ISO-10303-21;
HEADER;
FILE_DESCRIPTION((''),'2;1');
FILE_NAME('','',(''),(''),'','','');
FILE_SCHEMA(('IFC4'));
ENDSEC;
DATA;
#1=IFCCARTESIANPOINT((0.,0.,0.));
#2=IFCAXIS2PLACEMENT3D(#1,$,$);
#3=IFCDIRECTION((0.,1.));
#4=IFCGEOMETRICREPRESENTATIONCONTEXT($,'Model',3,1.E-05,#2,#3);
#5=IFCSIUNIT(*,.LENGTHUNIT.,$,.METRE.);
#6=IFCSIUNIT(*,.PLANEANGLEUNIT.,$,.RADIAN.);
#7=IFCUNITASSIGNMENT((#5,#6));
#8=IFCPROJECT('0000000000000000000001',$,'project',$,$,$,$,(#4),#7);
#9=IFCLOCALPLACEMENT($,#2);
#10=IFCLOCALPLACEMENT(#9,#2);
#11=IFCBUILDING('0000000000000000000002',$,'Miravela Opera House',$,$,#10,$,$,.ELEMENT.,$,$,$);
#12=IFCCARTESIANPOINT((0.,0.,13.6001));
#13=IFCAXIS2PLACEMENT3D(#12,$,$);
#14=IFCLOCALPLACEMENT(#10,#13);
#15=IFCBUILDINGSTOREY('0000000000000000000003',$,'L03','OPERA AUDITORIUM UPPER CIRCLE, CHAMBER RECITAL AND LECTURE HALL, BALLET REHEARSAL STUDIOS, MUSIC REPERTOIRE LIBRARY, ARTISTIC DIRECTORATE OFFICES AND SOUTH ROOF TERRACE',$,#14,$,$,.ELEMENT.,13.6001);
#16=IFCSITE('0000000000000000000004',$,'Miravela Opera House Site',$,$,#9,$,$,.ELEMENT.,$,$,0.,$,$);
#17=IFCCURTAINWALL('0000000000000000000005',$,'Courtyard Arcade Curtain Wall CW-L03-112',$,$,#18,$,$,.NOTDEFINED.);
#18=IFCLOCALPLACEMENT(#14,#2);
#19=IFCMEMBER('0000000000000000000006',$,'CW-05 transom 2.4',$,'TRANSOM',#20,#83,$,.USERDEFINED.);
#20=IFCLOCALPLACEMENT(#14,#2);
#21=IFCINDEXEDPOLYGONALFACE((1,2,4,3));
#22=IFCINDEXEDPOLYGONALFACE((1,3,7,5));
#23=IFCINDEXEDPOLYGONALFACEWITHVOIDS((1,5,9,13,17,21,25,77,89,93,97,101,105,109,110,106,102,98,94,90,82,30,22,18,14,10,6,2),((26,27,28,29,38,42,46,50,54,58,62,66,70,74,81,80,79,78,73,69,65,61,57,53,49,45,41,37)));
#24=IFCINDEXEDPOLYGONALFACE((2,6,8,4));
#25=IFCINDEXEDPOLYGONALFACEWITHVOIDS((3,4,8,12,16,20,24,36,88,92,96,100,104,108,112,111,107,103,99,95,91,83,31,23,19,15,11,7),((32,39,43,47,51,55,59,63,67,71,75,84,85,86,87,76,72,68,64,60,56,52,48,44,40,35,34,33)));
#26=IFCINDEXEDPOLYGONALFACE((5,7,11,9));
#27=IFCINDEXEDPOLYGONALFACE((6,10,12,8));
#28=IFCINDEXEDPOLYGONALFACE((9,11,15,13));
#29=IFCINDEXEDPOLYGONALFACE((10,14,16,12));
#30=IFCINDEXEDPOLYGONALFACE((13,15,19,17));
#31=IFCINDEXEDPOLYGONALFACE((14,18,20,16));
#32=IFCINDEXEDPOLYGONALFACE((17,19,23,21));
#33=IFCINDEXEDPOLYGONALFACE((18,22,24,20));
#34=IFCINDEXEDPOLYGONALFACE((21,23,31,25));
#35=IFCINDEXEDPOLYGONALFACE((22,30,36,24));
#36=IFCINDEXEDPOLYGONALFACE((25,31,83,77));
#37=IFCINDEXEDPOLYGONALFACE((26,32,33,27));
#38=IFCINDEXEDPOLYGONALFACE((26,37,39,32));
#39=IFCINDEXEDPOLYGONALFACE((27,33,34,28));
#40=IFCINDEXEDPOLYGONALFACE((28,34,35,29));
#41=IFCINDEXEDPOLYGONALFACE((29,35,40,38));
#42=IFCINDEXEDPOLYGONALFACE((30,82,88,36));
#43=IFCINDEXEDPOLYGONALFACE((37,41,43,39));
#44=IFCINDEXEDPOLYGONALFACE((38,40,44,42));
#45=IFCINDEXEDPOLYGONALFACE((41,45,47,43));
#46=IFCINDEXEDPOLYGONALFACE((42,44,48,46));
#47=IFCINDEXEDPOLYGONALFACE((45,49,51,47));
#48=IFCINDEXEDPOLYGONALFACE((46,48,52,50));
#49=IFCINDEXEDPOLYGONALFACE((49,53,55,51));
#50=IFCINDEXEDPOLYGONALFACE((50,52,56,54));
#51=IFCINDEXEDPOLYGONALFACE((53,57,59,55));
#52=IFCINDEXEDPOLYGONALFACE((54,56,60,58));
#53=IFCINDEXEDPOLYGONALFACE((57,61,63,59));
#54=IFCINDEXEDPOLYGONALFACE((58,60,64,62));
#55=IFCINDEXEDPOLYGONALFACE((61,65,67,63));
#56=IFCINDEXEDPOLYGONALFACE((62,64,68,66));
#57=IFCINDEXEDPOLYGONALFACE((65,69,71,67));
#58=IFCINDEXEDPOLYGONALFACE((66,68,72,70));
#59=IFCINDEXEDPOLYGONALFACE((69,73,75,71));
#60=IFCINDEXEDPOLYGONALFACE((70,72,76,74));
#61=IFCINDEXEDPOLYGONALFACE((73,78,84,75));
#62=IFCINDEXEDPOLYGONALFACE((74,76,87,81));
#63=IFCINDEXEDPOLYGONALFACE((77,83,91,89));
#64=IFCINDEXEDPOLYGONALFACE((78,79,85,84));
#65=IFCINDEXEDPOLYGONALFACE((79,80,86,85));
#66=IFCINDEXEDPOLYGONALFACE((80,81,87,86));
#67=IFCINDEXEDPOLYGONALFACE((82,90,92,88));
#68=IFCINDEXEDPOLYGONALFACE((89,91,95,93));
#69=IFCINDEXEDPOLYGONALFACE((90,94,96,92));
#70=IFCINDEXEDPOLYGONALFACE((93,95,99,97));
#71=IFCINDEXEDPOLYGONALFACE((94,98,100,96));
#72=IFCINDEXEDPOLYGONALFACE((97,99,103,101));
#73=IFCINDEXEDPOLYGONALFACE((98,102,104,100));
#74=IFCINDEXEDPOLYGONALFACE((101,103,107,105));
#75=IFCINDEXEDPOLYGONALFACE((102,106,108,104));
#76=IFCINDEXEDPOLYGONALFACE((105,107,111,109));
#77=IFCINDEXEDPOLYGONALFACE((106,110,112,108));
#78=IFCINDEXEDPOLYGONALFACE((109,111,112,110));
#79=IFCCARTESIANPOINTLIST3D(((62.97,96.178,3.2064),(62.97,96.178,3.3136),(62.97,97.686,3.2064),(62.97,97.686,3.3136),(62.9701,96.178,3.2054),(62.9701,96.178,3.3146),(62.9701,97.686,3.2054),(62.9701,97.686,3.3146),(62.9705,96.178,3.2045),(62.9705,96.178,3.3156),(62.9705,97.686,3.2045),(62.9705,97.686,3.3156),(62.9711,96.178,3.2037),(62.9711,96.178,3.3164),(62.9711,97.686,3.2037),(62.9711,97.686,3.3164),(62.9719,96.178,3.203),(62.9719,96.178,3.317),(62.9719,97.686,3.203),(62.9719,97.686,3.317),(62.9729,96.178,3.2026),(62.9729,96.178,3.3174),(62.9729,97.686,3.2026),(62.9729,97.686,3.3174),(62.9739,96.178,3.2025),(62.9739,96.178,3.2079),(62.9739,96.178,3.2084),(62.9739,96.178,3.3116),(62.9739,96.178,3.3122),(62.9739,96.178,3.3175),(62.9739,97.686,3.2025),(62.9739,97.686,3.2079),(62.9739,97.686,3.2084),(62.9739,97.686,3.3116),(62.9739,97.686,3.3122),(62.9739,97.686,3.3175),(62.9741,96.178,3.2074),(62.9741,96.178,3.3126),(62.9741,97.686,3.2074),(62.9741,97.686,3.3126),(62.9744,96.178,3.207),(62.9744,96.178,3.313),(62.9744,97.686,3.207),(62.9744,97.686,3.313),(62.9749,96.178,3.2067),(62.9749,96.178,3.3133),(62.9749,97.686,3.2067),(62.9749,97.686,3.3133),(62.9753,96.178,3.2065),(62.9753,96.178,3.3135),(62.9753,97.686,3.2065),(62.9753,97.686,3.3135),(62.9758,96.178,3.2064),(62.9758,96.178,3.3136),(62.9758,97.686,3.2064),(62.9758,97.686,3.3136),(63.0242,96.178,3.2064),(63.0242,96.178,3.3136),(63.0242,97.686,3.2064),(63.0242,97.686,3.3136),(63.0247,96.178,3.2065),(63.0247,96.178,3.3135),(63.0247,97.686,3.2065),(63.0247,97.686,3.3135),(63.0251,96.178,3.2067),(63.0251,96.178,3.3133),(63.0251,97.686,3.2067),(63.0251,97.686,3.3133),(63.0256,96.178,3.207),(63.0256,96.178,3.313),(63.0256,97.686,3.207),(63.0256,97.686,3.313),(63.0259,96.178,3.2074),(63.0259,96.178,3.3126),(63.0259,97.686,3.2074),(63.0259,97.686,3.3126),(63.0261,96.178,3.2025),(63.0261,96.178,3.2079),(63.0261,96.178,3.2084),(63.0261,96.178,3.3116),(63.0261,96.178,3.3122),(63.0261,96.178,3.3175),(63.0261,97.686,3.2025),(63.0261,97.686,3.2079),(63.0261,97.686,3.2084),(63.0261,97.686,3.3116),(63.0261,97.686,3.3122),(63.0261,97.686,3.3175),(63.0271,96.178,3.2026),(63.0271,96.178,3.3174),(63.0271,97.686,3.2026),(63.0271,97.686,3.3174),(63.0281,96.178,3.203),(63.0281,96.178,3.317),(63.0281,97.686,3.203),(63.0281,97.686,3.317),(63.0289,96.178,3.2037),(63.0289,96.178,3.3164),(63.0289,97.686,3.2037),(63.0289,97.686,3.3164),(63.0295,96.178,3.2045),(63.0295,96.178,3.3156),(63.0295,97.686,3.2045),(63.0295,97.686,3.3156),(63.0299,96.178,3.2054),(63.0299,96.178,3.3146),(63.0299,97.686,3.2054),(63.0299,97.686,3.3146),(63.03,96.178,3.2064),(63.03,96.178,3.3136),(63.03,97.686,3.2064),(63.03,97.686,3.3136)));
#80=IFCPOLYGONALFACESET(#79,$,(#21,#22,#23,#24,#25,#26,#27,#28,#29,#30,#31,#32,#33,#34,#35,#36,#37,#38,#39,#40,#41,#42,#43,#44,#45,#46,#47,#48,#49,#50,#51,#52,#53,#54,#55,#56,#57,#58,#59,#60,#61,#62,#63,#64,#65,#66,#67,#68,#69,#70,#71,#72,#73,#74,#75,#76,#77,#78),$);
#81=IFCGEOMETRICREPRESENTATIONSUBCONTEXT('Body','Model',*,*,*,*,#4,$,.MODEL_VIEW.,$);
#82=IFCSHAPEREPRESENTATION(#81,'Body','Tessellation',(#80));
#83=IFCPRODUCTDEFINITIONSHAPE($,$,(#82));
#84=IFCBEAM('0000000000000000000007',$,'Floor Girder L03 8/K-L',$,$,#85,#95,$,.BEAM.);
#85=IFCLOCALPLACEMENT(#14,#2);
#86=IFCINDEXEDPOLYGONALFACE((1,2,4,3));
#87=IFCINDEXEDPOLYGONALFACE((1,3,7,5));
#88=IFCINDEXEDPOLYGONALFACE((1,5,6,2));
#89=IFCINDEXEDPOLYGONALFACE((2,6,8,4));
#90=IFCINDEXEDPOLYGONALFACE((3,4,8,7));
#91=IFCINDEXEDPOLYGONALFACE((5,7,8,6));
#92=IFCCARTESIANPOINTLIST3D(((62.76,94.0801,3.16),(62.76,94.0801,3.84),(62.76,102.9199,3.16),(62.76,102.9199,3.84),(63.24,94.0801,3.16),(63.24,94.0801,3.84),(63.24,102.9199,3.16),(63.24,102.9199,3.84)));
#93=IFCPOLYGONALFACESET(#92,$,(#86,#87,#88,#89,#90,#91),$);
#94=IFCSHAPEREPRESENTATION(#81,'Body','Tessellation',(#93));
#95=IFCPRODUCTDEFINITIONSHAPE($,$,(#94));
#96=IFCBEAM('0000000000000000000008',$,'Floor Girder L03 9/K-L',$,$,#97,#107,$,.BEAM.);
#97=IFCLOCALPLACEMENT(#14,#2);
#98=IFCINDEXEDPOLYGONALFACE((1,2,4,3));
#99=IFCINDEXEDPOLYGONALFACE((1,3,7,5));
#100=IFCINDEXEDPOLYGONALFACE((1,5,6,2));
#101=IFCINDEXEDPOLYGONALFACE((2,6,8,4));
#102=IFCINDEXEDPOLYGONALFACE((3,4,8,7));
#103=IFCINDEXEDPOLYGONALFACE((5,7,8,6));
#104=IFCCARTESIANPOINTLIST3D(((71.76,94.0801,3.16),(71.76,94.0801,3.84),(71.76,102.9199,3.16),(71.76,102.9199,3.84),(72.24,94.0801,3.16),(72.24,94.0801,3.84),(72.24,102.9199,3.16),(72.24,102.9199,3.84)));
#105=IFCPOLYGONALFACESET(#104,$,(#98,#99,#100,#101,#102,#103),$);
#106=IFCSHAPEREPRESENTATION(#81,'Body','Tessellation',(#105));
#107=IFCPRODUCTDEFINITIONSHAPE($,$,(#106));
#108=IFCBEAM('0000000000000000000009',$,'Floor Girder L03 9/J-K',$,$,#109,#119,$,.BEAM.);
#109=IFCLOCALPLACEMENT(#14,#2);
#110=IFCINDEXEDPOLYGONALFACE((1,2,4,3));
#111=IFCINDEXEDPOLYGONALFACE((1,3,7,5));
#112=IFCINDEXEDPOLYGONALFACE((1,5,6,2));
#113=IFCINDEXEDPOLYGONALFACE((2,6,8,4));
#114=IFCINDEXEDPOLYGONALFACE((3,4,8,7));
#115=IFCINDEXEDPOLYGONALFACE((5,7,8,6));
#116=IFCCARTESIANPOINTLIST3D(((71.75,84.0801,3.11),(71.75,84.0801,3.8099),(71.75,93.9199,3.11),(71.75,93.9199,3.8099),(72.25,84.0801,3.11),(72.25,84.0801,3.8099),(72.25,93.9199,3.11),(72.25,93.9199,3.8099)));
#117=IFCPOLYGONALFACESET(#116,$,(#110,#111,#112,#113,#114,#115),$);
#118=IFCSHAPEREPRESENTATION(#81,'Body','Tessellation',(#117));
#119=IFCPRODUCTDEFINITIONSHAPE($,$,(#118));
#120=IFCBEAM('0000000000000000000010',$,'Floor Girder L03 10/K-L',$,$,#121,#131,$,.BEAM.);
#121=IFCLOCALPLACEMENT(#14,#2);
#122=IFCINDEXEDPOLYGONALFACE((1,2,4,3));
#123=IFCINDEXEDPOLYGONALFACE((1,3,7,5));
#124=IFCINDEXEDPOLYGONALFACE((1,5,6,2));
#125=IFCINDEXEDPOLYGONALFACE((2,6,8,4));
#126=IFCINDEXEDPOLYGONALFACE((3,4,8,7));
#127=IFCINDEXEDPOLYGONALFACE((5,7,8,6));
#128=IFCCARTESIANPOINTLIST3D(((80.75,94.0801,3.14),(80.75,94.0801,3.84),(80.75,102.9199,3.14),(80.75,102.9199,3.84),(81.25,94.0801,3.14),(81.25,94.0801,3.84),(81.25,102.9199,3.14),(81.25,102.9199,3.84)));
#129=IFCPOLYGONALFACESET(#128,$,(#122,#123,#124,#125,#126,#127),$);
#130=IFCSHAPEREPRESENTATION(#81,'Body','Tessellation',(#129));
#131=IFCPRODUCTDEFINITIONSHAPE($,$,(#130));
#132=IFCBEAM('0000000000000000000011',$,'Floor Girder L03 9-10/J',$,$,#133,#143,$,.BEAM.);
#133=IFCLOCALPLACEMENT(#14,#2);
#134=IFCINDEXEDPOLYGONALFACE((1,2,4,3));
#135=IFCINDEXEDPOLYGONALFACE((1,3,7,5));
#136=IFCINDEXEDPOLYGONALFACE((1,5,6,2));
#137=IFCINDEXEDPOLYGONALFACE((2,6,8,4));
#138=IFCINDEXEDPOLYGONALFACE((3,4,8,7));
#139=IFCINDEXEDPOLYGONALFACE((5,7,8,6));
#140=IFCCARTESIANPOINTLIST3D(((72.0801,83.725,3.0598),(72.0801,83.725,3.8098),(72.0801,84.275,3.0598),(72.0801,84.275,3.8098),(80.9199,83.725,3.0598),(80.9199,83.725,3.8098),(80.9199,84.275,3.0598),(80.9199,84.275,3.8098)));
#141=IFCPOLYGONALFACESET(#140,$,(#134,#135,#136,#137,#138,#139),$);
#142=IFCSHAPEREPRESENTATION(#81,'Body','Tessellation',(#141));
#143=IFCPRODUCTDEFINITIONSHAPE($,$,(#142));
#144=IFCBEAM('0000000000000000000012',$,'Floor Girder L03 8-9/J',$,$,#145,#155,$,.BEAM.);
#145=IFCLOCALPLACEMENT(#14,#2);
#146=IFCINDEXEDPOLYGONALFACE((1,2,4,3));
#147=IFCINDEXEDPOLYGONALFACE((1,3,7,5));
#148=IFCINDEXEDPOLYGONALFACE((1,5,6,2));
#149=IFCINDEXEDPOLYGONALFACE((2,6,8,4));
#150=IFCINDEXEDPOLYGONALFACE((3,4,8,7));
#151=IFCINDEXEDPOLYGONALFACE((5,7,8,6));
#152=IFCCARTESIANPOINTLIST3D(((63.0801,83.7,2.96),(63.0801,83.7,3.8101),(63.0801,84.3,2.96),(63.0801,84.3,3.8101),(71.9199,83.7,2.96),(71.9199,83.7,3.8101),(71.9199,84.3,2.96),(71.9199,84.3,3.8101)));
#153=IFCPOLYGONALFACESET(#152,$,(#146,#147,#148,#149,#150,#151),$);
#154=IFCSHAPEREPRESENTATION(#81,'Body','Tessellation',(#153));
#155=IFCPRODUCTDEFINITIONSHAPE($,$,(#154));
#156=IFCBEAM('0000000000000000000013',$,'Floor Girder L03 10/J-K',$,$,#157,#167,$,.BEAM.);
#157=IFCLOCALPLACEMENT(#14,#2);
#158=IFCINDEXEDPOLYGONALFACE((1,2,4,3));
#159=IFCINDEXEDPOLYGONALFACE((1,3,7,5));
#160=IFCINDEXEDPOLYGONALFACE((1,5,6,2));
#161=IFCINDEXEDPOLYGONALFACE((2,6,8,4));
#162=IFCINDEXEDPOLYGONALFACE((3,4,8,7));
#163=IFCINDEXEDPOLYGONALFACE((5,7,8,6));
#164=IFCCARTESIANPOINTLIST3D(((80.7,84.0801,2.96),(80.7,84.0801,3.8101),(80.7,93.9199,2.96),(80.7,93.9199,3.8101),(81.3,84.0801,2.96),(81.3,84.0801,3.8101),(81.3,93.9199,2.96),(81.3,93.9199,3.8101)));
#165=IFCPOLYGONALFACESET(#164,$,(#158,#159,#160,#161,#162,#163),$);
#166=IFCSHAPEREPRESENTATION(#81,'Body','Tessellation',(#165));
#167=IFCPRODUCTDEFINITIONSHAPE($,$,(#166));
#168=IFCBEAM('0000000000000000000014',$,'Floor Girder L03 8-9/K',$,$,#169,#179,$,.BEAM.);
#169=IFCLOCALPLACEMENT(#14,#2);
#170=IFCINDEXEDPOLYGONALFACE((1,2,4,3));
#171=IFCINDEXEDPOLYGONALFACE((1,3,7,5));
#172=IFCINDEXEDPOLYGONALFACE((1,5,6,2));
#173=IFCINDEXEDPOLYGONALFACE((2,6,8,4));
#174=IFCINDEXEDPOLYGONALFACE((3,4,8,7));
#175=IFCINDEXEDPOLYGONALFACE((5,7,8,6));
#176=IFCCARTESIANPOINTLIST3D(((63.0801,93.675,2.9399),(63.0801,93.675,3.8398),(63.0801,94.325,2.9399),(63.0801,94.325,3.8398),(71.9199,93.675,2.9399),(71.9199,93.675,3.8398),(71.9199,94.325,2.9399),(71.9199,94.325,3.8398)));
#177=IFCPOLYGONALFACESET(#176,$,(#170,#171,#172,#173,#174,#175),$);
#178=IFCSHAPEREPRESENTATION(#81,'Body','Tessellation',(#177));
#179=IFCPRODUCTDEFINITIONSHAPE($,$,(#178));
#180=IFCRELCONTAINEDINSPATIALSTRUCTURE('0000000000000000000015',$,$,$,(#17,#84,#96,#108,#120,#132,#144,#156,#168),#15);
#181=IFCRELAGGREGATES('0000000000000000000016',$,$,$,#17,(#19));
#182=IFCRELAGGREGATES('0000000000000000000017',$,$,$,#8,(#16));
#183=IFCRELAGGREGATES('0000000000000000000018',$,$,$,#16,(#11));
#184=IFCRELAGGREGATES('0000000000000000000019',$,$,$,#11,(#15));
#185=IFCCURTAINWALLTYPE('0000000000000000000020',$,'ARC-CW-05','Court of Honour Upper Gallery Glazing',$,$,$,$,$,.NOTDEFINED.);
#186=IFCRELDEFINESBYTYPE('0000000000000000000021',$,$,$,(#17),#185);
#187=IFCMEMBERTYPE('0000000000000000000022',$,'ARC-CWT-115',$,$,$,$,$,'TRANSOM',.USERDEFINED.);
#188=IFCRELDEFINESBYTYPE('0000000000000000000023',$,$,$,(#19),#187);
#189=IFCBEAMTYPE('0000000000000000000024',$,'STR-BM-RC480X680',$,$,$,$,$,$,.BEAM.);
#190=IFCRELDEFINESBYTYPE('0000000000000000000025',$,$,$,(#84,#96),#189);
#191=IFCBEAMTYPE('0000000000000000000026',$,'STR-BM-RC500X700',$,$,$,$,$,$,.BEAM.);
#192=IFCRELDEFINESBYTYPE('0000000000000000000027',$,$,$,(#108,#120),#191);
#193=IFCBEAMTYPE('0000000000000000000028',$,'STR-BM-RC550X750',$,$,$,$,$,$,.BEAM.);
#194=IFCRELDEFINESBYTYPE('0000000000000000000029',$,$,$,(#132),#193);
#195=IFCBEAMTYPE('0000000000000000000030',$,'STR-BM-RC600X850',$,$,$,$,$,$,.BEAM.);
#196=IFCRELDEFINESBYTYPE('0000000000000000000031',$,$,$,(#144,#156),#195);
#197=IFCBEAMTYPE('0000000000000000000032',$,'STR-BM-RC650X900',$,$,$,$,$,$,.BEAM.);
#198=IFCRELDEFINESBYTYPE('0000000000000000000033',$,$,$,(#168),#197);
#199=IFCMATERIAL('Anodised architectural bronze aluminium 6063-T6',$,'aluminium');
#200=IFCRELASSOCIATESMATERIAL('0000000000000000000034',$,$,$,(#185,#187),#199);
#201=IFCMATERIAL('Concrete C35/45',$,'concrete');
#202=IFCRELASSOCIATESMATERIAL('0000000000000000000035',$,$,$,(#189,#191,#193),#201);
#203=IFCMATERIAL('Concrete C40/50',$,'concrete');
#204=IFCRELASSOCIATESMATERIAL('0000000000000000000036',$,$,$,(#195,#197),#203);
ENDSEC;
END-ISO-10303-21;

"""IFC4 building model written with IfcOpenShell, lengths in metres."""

from ifc_helpers import new_model, si_unit, direction, frame, origin, origin_2d, place, context, subcontext, project, spatial, rectangle, hollow_rectangle, extrude, material, material_profile, profile_set, type_object, element, aggregate, save


model = new_model("IFC4")

# Units and contexts
model_context = context("Model", 3, precision=1e-05, world=origin(), true_north=direction((0.0, 1.0)))
body_context = subcontext(model_context, "Body", "Model", "MODEL_VIEW")
ifc_project = project(units=[si_unit("LENGTHUNIT", "METRE"), si_unit("PLANEANGLEUNIT", "RADIAN")], contexts=[model_context])

# Site, building, storey
site_placement = place(None, origin())
site = spatial("IfcSite", under=ifc_project, at=site_placement, Name="Miravela Opera House Site", CompositionType="ELEMENT", RefElevation=0.0)
building_placement = place(site_placement, origin())
building = spatial("IfcBuilding", under=site, at=building_placement, Name="Miravela Opera House", CompositionType="ELEMENT")
storey_placement = place(building_placement, frame((0.0, 0.0, 13.6001)))
storey = spatial("IfcBuildingStorey", under=building, at=storey_placement, Name="L03", Description="OPERA AUDITORIUM UPPER CIRCLE, CHAMBER RECITAL AND LECTURE HALL, BALLET REHEARSAL STUDIOS, MUSIC REPERTOIRE LIBRARY, ARTISTIC DIRECTORATE OFFICES AND SOUTH ROOF TERRACE", CompositionType="ELEMENT", Elevation=13.6001)

# Shared definitions
ifc_material_1 = material(Name="Concrete C35/45", Category="concrete")

# Shared definitions
ifc_material_2 = material(Name="Anodised architectural bronze aluminium 6063-T6", Category="aluminium")
curtain_wall_type = type_object("IfcCurtainWallType", Name="ARC-CW-05", Description="Court of Honour Upper Gallery Glazing", PredefinedType="NOTDEFINED", material=ifc_material_2)

# Curtain wall, member
curtain_wall_1_placement = place(storey_placement, origin())
curtain_wall_1 = element("IfcCurtainWall", 1, at=curtain_wall_1_placement, inside=storey, type_object=curtain_wall_type, Name="Courtyard Arcade Curtain Wall CW-L03-112", PredefinedType="NOTDEFINED")
ifc_material_profile_1 = material_profile(ifc_material_2, hollow_rectangle(XDim=0.0601, YDim=0.115, WallThickness=0.0039, InnerFilletRadius=0.002, OuterFilletRadius=0.0039, at=origin_2d()), Name="CWT-60X115")
ifc_profile_set_1 = profile_set([ifc_material_profile_1])
member_type_1 = type_object("IfcMemberType", Name="ARC-CWT-115", ElementType="TRANSOM", PredefinedType="USERDEFINED", material=ifc_profile_set_1)
member_1_placement = place(storey_placement, frame((63.0, 96.178, 3.26), z_axis=(0.0, 1.0, 0.0), x_axis=(-1.0, 0.0, 0.0)))
member_1 = element("IfcMember", 2, at=member_1_placement, type_object=member_type_1, Name="CW-05 transom 2.4", ObjectType="TRANSOM", PredefinedType="USERDEFINED", context=body_context, shape_type="SweptSolid", body=[
    extrude(hollow_rectangle(XDim=0.0601, YDim=0.115, WallThickness=0.0039, InnerFilletRadius=0.002, OuterFilletRadius=0.0039, at=origin_2d()), origin(), (0.0, 0.0, 1.0), 1.5081),
])

# Beams
ifc_material_profile_2 = material_profile(ifc_material_1, rectangle(XDim=0.48, YDim=0.6799, at=origin_2d()), Name="RC-BM-480X680")
ifc_profile_set_2 = profile_set([ifc_material_profile_2])
beam_type_1 = type_object("IfcBeamType", Name="STR-BM-RC480X680", PredefinedType="BEAM", material=ifc_profile_set_2)
for number, where, z_axis, x_axis, name in (
    (3, (63.0, 94.0801, 3.5), (0.0, 1.0, 0.0), (-1.0, 0.0, 0.0), "Floor Girder L03 8/K-L"),
    (4, (72.0, 94.0801, 3.5), (0.0, 1.0, 0.0), (-1.0, 0.0, 0.0), "Floor Girder L03 9/K-L"),
):
    element("IfcBeam", number, at=place(storey_placement, frame(where, z_axis=z_axis, x_axis=x_axis)), inside=storey, type_object=beam_type_1, Name=name, PredefinedType="BEAM", context=body_context, shape_type="SweptSolid", body=[
        extrude(rectangle(XDim=0.48, YDim=0.6799, at=origin_2d()), origin(), (0.0, 0.0, 1.0), 8.8398),
    ])
ifc_material_profile_3 = material_profile(ifc_material_1, rectangle(XDim=0.5, YDim=0.7, at=origin_2d()), Name="RC-BM-500X700")
ifc_profile_set_3 = profile_set([ifc_material_profile_3])
beam_type_2 = type_object("IfcBeamType", Name="STR-BM-RC500X700", PredefinedType="BEAM", material=ifc_profile_set_3)
beam_1_placement = place(storey_placement, frame((72.0, 84.0801, 3.46), z_axis=(0.0, 1.0, 0.0), x_axis=(-1.0, 0.0, 0.0)))
element("IfcBeam", 5, at=beam_1_placement, inside=storey, type_object=beam_type_2, Name="Floor Girder L03 9/J-K", PredefinedType="BEAM", context=body_context, shape_type="SweptSolid", body=[
    extrude(rectangle(XDim=0.5, YDim=0.7, at=origin_2d()), origin(), (0.0, 0.0, 1.0), 9.8398),
])
beam_2_placement = place(storey_placement, frame((81.0, 94.0801, 3.49), z_axis=(0.0, 1.0, 0.0), x_axis=(-1.0, 0.0, 0.0)))
element("IfcBeam", 6, at=beam_2_placement, inside=storey, type_object=beam_type_2, Name="Floor Girder L03 10/K-L", PredefinedType="BEAM", context=body_context, shape_type="SweptSolid", body=[
    extrude(rectangle(XDim=0.5, YDim=0.7, at=origin_2d()), origin(), (0.0, 0.0, 1.0), 8.8398),
])
ifc_material_profile_4 = material_profile(ifc_material_1, rectangle(XDim=0.55, YDim=0.75, at=origin_2d()), Name="RC-BM-550X750")
ifc_profile_set_4 = profile_set([ifc_material_profile_4])
beam_type_3 = type_object("IfcBeamType", Name="STR-BM-RC550X750", PredefinedType="BEAM", material=ifc_profile_set_4)
beam_3_placement = place(storey_placement, frame((72.0801, 84.0, 3.4348), z_axis=(1.0, 0.0, 0.0), x_axis=(0.0, 1.0, 0.0)))
element("IfcBeam", 7, at=beam_3_placement, inside=storey, type_object=beam_type_3, Name="Floor Girder L03 9-10/J", PredefinedType="BEAM", context=body_context, shape_type="SweptSolid", body=[
    extrude(rectangle(XDim=0.55, YDim=0.75, at=origin_2d()), origin(), (0.0, 0.0, 1.0), 8.8398),
])
ifc_material_3 = material(Name="Concrete C40/50", Category="concrete")
ifc_material_profile_5 = material_profile(ifc_material_3, rectangle(XDim=0.6001, YDim=0.8501, at=origin_2d()), Name="RC-BM-600X850")
ifc_profile_set_5 = profile_set([ifc_material_profile_5])
beam_type_4 = type_object("IfcBeamType", Name="STR-BM-RC600X850", PredefinedType="BEAM", material=ifc_profile_set_5)
beam_4_placement = place(storey_placement, frame((63.0801, 84.0, 3.385), z_axis=(1.0, 0.0, 0.0), x_axis=(0.0, 1.0, 0.0)))
element("IfcBeam", 8, at=beam_4_placement, inside=storey, type_object=beam_type_4, Name="Floor Girder L03 8-9/J", PredefinedType="BEAM", context=body_context, shape_type="SweptSolid", body=[
    extrude(rectangle(XDim=0.6001, YDim=0.8501, at=origin_2d()), origin(), (0.0, 0.0, 1.0), 8.8398),
])
beam_5_placement = place(storey_placement, frame((81.0, 84.0801, 3.385), z_axis=(0.0, 1.0, 0.0), x_axis=(-1.0, 0.0, 0.0)))
element("IfcBeam", 9, at=beam_5_placement, inside=storey, type_object=beam_type_4, Name="Floor Girder L03 10/J-K", PredefinedType="BEAM", context=body_context, shape_type="SweptSolid", body=[
    extrude(rectangle(XDim=0.6001, YDim=0.8501, at=origin_2d()), origin(), (0.0, 0.0, 1.0), 9.8398),
])
ifc_material_profile_6 = material_profile(ifc_material_3, rectangle(XDim=0.6499, YDim=0.8999, at=origin_2d()), Name="RC-BM-650X900")
ifc_profile_set_6 = profile_set([ifc_material_profile_6])
beam_type_5 = type_object("IfcBeamType", Name="STR-BM-RC650X900", PredefinedType="BEAM", material=ifc_profile_set_6)
beam_6_placement = place(storey_placement, frame((63.0801, 94.0, 3.3899), z_axis=(1.0, 0.0, 0.0), x_axis=(0.0, 1.0, 0.0)))
element("IfcBeam", 10, at=beam_6_placement, inside=storey, type_object=beam_type_5, Name="Floor Girder L03 8-9/K", PredefinedType="BEAM", context=body_context, shape_type="SweptSolid", body=[
    extrude(rectangle(XDim=0.6499, YDim=0.8999, at=origin_2d()), origin(), (0.0, 0.0, 1.0), 8.8398),
])

aggregate(curtain_wall_1, [member_1])

save(model, "model.ifc")
